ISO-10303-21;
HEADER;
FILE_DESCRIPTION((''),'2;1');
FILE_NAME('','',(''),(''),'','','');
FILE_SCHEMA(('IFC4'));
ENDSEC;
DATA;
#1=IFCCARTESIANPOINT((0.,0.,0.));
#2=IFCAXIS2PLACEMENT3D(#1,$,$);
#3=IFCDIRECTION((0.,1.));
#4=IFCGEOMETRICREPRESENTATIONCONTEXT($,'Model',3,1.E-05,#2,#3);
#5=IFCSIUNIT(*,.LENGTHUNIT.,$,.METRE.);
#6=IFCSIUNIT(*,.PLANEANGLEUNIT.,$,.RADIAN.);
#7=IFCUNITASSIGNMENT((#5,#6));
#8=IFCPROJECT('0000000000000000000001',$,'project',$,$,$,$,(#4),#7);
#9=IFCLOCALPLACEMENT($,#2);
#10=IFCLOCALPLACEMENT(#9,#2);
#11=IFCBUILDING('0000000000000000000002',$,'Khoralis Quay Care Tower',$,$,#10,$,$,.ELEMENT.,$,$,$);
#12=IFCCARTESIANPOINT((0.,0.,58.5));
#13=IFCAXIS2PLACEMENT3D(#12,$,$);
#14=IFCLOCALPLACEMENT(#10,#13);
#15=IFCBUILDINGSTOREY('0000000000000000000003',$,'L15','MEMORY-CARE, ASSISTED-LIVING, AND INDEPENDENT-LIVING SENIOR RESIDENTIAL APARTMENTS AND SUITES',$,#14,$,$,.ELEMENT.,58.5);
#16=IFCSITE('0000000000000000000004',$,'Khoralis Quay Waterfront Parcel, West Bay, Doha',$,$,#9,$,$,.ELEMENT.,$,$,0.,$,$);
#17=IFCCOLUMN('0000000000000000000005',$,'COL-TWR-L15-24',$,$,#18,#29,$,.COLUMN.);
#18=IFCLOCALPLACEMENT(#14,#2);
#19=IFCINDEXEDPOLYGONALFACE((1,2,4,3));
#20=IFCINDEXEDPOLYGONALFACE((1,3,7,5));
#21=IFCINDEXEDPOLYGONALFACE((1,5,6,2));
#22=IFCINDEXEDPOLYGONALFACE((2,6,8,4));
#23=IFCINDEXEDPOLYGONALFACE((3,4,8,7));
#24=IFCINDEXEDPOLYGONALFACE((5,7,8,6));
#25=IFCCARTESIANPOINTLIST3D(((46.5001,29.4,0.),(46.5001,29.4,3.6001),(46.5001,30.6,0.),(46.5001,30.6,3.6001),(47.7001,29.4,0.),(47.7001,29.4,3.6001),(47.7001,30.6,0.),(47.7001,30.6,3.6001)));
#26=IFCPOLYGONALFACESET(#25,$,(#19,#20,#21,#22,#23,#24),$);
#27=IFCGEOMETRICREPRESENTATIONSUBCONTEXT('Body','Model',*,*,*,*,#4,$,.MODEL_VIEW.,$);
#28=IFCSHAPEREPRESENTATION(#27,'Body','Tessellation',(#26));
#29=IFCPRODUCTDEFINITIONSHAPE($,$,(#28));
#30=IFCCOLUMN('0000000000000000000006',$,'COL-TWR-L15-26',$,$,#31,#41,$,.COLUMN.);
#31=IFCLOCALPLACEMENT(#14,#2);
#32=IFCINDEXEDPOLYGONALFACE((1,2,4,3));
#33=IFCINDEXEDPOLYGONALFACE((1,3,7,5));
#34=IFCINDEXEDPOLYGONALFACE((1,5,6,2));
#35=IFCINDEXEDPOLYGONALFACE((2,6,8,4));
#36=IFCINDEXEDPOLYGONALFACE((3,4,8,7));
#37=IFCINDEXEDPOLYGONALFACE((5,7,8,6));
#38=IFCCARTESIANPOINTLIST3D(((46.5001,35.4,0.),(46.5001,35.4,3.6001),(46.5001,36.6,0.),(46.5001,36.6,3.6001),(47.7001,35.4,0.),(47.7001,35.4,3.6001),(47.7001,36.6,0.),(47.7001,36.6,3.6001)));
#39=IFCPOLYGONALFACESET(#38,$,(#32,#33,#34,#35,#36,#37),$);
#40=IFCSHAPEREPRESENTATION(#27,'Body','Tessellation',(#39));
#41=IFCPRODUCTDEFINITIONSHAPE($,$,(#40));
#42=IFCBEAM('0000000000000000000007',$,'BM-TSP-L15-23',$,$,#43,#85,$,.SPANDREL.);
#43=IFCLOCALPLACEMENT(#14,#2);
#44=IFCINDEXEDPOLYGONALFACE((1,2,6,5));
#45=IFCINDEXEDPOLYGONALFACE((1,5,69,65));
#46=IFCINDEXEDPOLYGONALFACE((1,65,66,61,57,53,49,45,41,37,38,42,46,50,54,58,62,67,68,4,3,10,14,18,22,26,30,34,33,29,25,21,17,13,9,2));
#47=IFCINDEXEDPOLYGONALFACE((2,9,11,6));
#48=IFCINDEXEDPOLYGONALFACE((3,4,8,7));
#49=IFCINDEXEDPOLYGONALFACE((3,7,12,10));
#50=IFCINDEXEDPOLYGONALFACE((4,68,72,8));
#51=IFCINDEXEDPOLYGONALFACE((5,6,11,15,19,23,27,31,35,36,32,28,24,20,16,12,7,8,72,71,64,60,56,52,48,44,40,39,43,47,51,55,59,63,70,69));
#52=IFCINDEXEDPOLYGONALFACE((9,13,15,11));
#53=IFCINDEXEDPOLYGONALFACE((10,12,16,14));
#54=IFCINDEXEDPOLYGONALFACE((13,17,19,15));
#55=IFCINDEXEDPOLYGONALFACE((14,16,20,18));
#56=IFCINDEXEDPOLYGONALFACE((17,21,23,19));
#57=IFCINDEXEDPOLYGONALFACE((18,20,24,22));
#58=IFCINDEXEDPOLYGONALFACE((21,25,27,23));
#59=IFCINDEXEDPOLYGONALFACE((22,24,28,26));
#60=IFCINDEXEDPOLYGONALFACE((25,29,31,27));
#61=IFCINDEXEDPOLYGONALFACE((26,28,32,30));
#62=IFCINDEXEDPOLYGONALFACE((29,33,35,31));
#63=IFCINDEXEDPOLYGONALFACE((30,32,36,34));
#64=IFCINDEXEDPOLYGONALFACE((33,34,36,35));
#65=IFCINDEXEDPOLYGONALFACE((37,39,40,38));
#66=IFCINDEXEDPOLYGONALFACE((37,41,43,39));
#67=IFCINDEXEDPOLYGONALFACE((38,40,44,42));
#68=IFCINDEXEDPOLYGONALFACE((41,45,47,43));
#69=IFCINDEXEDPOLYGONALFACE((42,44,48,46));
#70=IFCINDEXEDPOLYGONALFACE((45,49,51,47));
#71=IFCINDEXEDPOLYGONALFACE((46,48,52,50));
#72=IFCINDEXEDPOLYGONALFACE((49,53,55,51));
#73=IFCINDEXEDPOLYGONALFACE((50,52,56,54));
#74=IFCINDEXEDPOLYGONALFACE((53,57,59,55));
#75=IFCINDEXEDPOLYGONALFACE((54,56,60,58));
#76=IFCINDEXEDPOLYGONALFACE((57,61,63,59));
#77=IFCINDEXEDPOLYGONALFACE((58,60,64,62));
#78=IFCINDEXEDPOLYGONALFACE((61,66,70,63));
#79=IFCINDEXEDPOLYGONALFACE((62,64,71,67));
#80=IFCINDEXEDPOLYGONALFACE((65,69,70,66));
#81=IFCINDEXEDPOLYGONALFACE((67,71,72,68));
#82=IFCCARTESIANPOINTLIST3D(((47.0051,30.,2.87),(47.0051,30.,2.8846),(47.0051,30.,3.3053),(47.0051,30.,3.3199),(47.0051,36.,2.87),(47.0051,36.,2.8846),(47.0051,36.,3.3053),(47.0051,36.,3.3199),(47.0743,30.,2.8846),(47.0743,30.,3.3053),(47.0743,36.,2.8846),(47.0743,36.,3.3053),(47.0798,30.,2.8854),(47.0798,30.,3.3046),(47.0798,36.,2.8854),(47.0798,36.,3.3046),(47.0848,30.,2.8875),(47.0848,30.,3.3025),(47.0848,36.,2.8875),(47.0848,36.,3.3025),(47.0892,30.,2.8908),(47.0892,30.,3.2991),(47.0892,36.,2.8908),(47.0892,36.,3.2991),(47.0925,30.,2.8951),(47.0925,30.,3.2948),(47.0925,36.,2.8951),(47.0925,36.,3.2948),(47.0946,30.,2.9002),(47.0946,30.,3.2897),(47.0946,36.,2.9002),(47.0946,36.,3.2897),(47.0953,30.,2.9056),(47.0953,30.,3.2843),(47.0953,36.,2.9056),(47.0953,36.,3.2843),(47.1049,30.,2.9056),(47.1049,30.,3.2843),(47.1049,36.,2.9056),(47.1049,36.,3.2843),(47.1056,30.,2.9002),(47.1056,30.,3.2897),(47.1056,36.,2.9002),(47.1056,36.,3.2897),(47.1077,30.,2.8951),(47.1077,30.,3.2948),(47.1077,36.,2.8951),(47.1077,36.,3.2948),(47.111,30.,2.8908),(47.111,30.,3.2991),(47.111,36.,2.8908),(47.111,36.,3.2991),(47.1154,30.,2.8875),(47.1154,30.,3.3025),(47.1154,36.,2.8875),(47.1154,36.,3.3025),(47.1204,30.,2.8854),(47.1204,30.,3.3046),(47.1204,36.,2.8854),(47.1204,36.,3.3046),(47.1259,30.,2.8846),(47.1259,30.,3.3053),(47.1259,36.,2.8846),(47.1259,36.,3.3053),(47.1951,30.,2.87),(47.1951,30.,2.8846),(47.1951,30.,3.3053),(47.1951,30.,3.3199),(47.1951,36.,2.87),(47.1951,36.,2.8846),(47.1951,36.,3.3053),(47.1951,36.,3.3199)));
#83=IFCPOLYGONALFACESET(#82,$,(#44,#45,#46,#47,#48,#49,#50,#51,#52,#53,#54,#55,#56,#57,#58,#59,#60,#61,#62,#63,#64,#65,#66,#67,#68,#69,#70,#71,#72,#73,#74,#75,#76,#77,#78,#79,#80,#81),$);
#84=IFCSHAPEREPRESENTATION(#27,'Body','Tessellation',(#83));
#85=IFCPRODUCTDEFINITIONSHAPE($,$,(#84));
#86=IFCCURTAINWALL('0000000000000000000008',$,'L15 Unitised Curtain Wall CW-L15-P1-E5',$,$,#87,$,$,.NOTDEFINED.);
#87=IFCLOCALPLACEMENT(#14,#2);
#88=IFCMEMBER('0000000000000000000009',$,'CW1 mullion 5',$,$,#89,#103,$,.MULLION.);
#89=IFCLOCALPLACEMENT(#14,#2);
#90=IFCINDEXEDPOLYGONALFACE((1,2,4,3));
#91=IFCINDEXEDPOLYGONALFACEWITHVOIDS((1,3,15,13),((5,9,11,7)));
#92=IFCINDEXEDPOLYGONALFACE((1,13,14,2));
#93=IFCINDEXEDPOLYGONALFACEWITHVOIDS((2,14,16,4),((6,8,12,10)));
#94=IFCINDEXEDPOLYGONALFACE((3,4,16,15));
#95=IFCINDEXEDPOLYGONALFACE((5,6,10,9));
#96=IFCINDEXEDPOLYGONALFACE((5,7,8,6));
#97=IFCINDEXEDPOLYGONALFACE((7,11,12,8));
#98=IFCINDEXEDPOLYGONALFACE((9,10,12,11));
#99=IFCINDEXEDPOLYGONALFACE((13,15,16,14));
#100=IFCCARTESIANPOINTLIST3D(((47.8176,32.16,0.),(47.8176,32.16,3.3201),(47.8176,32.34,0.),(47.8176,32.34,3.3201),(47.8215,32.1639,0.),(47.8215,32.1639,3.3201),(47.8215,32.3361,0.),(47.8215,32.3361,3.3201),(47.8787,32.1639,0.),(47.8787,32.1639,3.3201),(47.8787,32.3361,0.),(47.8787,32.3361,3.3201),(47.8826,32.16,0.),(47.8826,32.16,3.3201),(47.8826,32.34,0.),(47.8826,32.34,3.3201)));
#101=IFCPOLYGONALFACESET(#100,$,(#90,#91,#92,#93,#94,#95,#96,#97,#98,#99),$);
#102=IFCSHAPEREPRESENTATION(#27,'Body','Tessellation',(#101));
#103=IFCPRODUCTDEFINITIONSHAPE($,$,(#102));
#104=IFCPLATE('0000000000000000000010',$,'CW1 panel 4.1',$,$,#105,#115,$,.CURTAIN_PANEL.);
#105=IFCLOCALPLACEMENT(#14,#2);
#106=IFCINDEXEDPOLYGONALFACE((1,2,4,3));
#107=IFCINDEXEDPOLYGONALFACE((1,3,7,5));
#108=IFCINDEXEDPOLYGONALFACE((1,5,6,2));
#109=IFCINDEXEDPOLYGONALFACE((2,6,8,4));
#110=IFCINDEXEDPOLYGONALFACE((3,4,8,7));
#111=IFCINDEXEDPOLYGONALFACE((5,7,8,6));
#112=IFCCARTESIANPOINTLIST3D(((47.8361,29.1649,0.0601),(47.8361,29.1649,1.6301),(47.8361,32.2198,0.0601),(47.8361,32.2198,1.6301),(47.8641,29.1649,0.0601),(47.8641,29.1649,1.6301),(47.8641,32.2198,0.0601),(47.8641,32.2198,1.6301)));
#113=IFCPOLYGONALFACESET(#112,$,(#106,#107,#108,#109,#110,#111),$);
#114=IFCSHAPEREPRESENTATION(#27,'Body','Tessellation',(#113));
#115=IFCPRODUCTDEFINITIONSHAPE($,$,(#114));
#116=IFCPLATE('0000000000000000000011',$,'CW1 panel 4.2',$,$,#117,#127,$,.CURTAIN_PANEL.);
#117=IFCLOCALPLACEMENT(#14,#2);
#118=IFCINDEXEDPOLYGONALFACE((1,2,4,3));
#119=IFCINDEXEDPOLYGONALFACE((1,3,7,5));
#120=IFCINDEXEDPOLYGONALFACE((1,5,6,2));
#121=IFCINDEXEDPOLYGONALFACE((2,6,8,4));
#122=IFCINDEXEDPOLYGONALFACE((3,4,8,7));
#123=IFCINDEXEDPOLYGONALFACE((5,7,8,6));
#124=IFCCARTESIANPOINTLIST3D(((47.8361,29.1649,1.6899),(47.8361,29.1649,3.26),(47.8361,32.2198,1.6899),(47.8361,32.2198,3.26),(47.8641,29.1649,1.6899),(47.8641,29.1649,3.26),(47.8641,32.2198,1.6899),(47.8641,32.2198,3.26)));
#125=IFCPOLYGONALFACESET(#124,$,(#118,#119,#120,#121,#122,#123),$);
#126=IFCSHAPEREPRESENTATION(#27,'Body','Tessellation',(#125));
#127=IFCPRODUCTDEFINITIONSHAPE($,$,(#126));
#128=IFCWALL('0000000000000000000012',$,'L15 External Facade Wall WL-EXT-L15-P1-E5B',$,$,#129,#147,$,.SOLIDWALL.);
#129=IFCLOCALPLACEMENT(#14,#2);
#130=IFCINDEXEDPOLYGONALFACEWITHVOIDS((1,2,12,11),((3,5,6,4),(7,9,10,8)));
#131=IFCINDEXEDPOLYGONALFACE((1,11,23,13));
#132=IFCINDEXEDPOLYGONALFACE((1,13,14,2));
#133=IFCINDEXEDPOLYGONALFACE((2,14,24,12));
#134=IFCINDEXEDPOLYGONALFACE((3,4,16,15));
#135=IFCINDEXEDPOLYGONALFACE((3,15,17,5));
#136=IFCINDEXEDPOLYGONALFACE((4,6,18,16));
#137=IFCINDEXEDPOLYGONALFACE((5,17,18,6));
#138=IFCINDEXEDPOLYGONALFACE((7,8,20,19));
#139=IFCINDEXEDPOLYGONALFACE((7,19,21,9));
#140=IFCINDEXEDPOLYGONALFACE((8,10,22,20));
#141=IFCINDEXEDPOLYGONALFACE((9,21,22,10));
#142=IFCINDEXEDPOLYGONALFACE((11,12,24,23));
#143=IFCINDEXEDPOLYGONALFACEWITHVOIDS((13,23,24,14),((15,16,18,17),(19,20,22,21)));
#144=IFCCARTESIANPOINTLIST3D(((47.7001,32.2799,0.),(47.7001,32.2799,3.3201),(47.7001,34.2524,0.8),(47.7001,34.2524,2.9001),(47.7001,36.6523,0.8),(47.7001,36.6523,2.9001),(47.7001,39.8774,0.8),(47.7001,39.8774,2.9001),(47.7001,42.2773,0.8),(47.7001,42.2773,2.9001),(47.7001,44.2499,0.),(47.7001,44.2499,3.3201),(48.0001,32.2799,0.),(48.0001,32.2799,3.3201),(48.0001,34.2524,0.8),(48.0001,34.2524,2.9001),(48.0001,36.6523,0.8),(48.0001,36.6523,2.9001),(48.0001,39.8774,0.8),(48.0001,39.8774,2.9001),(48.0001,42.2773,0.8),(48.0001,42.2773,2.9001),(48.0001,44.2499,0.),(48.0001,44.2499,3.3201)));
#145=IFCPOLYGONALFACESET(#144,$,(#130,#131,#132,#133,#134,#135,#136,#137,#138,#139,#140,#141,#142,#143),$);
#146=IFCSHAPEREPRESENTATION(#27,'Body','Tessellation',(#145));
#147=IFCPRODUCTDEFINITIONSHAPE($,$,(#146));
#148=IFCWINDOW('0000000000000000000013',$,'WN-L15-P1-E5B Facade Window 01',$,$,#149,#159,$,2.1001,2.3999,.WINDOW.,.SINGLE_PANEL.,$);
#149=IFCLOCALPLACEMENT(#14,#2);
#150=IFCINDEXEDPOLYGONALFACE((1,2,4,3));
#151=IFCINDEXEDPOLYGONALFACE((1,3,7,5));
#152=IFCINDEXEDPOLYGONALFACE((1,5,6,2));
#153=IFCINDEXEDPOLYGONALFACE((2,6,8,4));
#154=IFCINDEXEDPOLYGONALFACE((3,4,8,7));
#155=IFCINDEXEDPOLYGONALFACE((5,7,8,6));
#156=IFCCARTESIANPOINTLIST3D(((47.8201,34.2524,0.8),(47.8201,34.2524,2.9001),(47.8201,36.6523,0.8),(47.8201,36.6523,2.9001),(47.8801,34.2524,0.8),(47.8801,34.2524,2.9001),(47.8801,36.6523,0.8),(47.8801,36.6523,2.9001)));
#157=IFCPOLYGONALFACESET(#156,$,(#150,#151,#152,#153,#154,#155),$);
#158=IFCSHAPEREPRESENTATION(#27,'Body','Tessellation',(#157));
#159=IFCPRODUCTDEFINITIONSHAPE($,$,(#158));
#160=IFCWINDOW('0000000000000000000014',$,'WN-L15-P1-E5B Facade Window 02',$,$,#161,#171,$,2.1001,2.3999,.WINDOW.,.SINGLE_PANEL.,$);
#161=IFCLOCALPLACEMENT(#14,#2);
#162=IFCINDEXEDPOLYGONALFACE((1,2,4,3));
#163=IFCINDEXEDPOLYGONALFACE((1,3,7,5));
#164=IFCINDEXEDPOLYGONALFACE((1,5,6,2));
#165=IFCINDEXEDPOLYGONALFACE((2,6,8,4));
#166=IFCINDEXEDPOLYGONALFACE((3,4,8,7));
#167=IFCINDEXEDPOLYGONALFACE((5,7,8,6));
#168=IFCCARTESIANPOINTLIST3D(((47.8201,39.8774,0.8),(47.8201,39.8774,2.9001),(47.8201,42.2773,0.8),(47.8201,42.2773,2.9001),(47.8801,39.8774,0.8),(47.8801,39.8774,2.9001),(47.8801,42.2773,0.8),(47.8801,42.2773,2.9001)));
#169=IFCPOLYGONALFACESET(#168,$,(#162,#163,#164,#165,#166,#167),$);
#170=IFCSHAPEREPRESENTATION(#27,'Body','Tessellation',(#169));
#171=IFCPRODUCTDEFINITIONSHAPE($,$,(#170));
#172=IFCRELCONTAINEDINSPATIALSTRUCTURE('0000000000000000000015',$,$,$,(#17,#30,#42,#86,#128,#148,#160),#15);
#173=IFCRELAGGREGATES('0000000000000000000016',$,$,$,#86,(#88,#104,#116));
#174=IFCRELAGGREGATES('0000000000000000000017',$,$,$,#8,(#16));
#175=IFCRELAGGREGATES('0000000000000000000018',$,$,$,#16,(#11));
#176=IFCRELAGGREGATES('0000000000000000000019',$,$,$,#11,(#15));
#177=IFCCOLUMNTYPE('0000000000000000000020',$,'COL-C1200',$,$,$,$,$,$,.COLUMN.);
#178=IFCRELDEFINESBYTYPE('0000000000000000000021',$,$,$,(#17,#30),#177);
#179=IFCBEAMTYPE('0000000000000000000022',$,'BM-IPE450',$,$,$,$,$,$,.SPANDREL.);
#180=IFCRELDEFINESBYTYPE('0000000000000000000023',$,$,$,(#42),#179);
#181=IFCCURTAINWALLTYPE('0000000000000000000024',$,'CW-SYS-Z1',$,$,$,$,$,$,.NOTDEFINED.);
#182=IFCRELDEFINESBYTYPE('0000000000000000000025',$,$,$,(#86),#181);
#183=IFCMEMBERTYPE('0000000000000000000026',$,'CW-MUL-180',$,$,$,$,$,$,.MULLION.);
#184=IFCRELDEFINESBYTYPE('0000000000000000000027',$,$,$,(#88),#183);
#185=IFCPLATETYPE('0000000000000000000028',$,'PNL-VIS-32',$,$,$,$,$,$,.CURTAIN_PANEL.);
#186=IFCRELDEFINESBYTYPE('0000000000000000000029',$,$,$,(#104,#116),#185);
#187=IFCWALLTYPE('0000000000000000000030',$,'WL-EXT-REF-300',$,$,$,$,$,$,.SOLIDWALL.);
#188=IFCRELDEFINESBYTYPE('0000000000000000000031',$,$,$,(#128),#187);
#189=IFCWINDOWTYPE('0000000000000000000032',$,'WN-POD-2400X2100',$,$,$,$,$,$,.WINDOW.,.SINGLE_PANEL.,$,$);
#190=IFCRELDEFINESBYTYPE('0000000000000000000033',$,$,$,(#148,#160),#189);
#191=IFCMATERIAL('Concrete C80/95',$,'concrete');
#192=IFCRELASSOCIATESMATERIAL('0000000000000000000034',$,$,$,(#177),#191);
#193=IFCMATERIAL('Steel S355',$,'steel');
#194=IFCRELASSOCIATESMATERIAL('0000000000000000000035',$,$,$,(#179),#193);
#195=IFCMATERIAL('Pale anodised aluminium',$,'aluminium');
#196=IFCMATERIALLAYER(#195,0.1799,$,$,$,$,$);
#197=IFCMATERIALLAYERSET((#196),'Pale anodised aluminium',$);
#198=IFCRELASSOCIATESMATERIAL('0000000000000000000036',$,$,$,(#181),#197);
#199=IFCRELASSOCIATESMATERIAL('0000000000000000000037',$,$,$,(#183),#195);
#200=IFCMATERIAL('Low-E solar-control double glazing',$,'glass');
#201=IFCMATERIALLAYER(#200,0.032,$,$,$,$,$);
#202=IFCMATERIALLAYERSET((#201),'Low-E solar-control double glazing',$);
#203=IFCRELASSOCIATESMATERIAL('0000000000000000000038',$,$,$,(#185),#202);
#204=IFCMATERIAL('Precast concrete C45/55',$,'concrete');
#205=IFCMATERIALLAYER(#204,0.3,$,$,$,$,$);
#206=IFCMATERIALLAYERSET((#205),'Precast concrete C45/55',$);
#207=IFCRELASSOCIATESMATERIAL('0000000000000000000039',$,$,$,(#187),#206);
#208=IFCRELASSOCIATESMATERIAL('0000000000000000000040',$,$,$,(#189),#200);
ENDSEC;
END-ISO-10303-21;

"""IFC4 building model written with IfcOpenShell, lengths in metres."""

from ifc_helpers import new_model, si_unit, direction, frame, frame_2d, origin, origin_2d, place, context, subcontext, project, spatial, rectangle, hollow_rectangle, i_section, extrude, source, transform, mapped, material, layer, layer_set, material_profile, profile_set, type_object, element, fill, aggregate, save


model = new_model("IFC4")

# Units and contexts
model_context = context("Model", 3, precision=1e-05, world=origin(), true_north=direction((0.0, 1.0)))
body_context = subcontext(model_context, "Body", "Model", "MODEL_VIEW")
ifc_project = project(units=[si_unit("LENGTHUNIT", "METRE"), si_unit("PLANEANGLEUNIT", "RADIAN")], contexts=[model_context])

# Site, building, storey
site_placement = place(None, origin())
site = spatial("IfcSite", under=ifc_project, at=site_placement, Name="Khoralis Quay Waterfront Parcel, West Bay, Doha", CompositionType="ELEMENT", RefElevation=0.0)
building_placement = place(site_placement, origin())
building = spatial("IfcBuilding", under=site, at=building_placement, Name="Khoralis Quay Care Tower", CompositionType="ELEMENT")
storey_placement = place(building_placement, frame((0.0, 0.0, 58.5)))
storey = spatial("IfcBuildingStorey", under=building, at=storey_placement, Name="L15", Description="MEMORY-CARE, ASSISTED-LIVING, AND INDEPENDENT-LIVING SENIOR RESIDENTIAL APARTMENTS AND SUITES", CompositionType="ELEMENT", Elevation=58.5)

# Columns
ifc_material_1 = material(Name="Concrete C80/95", Category="concrete")
ifc_material_profile_1 = material_profile(ifc_material_1, rectangle(XDim=1.2, YDim=1.2, at=origin_2d()), Name="Concrete C80/95")
ifc_profile_set_1 = profile_set([ifc_material_profile_1], Name="Concrete C80/95")
column_type = type_object("IfcColumnType", Name="COL-C1200", PredefinedType="COLUMN", material=ifc_profile_set_1)
shared_shape_1 = source(origin(), body_context, "Body", "SweptSolid", [
    extrude(rectangle(XDim=1.2, YDim=1.2, at=origin_2d()), origin(), (0.0, 0.0, 1.0), 3.6001),
])
for number, where, z_axis, x_axis, name in (
    (1, (47.1001, 30.0, 0.0), (0.0, 0.0, 1.0), (1.0, 0.0, 0.0), "COL-TWR-L15-24"),
    (2, (47.1001, 36.0, 0.0), (0.0, 0.0, 1.0), (1.0, 0.0, 0.0), "COL-TWR-L15-26"),
):
    element("IfcColumn", number, at=place(storey_placement, frame(where, z_axis=z_axis, x_axis=x_axis)), inside=storey, type_object=column_type, Name=name, PredefinedType="COLUMN", context=body_context, shape_type="MappedRepresentation", body=[
        mapped(shared_shape_1, transform((0.0, 0.0, 0.0), scale=1.0)),
    ])

# Beam
ifc_material_2 = material(Name="Steel S355", Category="steel")
ifc_material_profile_2 = material_profile(ifc_material_2, i_section(OverallWidth=0.1899, OverallDepth=0.45, WebThickness=0.0095, FlangeThickness=0.0146, FilletRadius=0.021, at=origin_2d()), Name="Steel S355")
ifc_profile_set_2 = profile_set([ifc_material_profile_2], Name="Steel S355")
beam_type = type_object("IfcBeamType", Name="BM-IPE450", PredefinedType="SPANDREL", material=ifc_profile_set_2)
shared_shape_2 = source(origin(), body_context, "Body", "SweptSolid", [
    extrude(i_section(OverallWidth=0.1899, OverallDepth=0.45, WebThickness=0.0095, FlangeThickness=0.0146, FilletRadius=0.021, at=origin_2d()), origin(), (0.0, 0.0, 1.0), 6.0),
])
beam_placement = place(storey_placement, frame((47.1001, 30.0, 3.095), z_axis=(0.0, 1.0, 0.0), x_axis=(-1.0, 0.0, 0.0)))
element("IfcBeam", 3, at=beam_placement, inside=storey, type_object=beam_type, Name="BM-TSP-L15-23", PredefinedType="SPANDREL", context=body_context, shape_type="MappedRepresentation", body=[
    mapped(shared_shape_2, transform((0.0, 0.0, 0.0), scale=1.0)),
])

# Curtain wall, member, plates
ifc_material_3 = material(Name="Pale anodised aluminium", Category="aluminium")
ifc_layer_1 = layer(ifc_material_3, 0.1799)
ifc_layer_set_1 = layer_set([ifc_layer_1], Name="Pale anodised aluminium")
curtain_wall_type = type_object("IfcCurtainWallType", Name="CW-SYS-Z1", PredefinedType="NOTDEFINED", material=ifc_layer_set_1)
curtain_wall_placement = place(storey_placement, origin())
curtain_wall = element("IfcCurtainWall", 4, at=curtain_wall_placement, inside=storey, type_object=curtain_wall_type, Name="L15 Unitised Curtain Wall CW-L15-P1-E5", PredefinedType="NOTDEFINED")
ifc_material_profile_3 = material_profile(ifc_material_3, hollow_rectangle(XDim=0.0649, YDim=0.1799, WallThickness=0.0039, at=origin_2d()), Name="Pale anodised aluminium")
ifc_profile_set_3 = profile_set([ifc_material_profile_3], Name="Pale anodised aluminium")
member_type = type_object("IfcMemberType", Name="CW-MUL-180", PredefinedType="MULLION", material=ifc_profile_set_3)
shared_shape_3 = source(origin(), body_context, "Body", "SweptSolid", [
    extrude(hollow_rectangle(XDim=0.0649, YDim=0.1799, WallThickness=0.0039, at=origin_2d()), origin(), (0.0, 0.0, 1.0), 3.3201),
])
member_placement = place(storey_placement, frame((47.8501, 32.25, 0.0), z_axis=(0.0, 0.0, 1.0), x_axis=(-1.0, 0.0, 0.0)))
member = element("IfcMember", 5, at=member_placement, type_object=member_type, Name="CW1 mullion 5", PredefinedType="MULLION", context=body_context, shape_type="MappedRepresentation", body=[
    mapped(shared_shape_3, transform((0.0, 0.0, 0.0), scale=1.0)),
])
ifc_material_4 = material(Name="Low-E solar-control double glazing", Category="glass")
ifc_layer_2 = layer(ifc_material_4, 0.032)
ifc_layer_set_2 = layer_set([ifc_layer_2], Name="Low-E solar-control double glazing")
plate_type = type_object("IfcPlateType", Name="PNL-VIS-32", PredefinedType="CURTAIN_PANEL", material=ifc_layer_set_2)
shared_shape_4 = source(origin(), body_context, "Body", "SweptSolid", [
    extrude(rectangle(XDim=3.0549, YDim=0.0281, at=origin_2d()), origin(), (0.0, 0.0, 1.0), 1.5701),
])
plate_1_placement = place(storey_placement, frame((47.8501, 30.6924, 0.0601), z_axis=(0.0, 0.0, 1.0), x_axis=(0.0, 1.0, 0.0)))
plate_1 = element("IfcPlate", 6, at=plate_1_placement, type_object=plate_type, Name="CW1 panel 4.1", PredefinedType="CURTAIN_PANEL", context=body_context, shape_type="MappedRepresentation", body=[
    mapped(shared_shape_4, transform((0.0, 0.0, 0.0), scale=1.0)),
])
plate_2_placement = place(storey_placement, frame((47.8501, 30.6924, 1.6899), z_axis=(0.0, 0.0, 1.0), x_axis=(0.0, 1.0, 0.0)))
plate_2 = element("IfcPlate", 7, at=plate_2_placement, type_object=plate_type, Name="CW1 panel 4.2", PredefinedType="CURTAIN_PANEL", context=body_context, shape_type="MappedRepresentation", body=[
    mapped(shared_shape_4, transform((0.0, 0.0, 0.0), scale=1.0)),
])
aggregate(curtain_wall, [member, plate_1, plate_2])

# Wall, openings, windows
ifc_material_5 = material(Name="Precast concrete C45/55", Category="concrete")
ifc_layer_3 = layer(ifc_material_5, 0.3)
ifc_layer_set_3 = layer_set([ifc_layer_3], Name="Precast concrete C45/55")
wall_type_1 = type_object("IfcWallType", Name="WL-EXT-REF-300", PredefinedType="SOLIDWALL", material=ifc_layer_set_3)
wall_1_placement = place(storey_placement, frame((47.8501, 32.28, 0.0), z_axis=(0.0, 0.0, 1.0), x_axis=(0.0, 1.0, 0.0)))
wall_1 = element("IfcWall", 8, at=wall_1_placement, inside=storey, type_object=wall_type_1, Name="L15 External Facade Wall WL-EXT-L15-P1-E5B", PredefinedType="SOLIDWALL", context=body_context, shape_type="SweptSolid", body=[
    extrude(rectangle(XDim=11.97, YDim=0.3, at=frame_2d((5.9849, 0.0))), origin(), (0.0, 0.0, 1.0), 3.3201),
])
opening_1_placement = place(wall_1_placement, frame((1.9724, 0.0, 0.8)))
opening_1 = element("IfcOpeningElement", 9, at=opening_1_placement, cuts=wall_1, PredefinedType="OPENING", context=body_context, shape_type="SweptSolid", body=[
    extrude(rectangle(XDim=2.3999, YDim=2.1001, at=frame_2d((1.2, 1.05))), frame((0.0, 0.1602, 0.0), z_axis=(0.0, -1.0, 0.0), x_axis=(1.0, 0.0, 0.0)), (0.0, 0.0, 1.0), 0.3201),
])
opening_2_placement = place(wall_1_placement, frame((7.5974, 0.0, 0.8)))
opening_2 = element("IfcOpeningElement", 10, at=opening_2_placement, cuts=wall_1, PredefinedType="OPENING", context=body_context, shape_type="SweptSolid", body=[
    extrude(rectangle(XDim=2.3999, YDim=2.1001, at=frame_2d((1.2, 1.05))), frame((0.0, 0.1602, 0.0), z_axis=(0.0, -1.0, 0.0), x_axis=(1.0, 0.0, 0.0)), (0.0, 0.0, 1.0), 0.3201),
])
window_type = type_object("IfcWindowType", Name="WN-POD-2400X2100", PartitioningType="SINGLE_PANEL", PredefinedType="WINDOW", material=ifc_material_4)
shared_shape_5 = source(origin(), body_context, "Body", "SweptSolid", [
    extrude(rectangle(XDim=2.3999, YDim=2.1001, at=frame_2d((1.2, 1.05))), frame((0.0, 0.03, 0.0), z_axis=(0.0, -1.0, 0.0), x_axis=(1.0, 0.0, 0.0)), (0.0, 0.0, 1.0), 0.0601),
])
window_1_placement = place(opening_1_placement, origin())
window_1 = element("IfcWindow", 11, at=window_1_placement, inside=storey, type_object=window_type, Name="WN-L15-P1-E5B Facade Window 01", OverallHeight=2.1001, OverallWidth=2.3999, PartitioningType="SINGLE_PANEL", PredefinedType="WINDOW", context=body_context, shape_type="MappedRepresentation", body=[
    mapped(shared_shape_5, transform((0.0, 0.0, 0.0), scale=1.0)),
])
fill(opening_1, window_1)
window_2_placement = place(opening_2_placement, origin())
window_2 = element("IfcWindow", 12, at=window_2_placement, inside=storey, type_object=window_type, Name="WN-L15-P1-E5B Facade Window 02", OverallHeight=2.1001, OverallWidth=2.3999, PartitioningType="SINGLE_PANEL", PredefinedType="WINDOW", context=body_context, shape_type="MappedRepresentation", body=[
    mapped(shared_shape_5, transform((0.0, 0.0, 0.0), scale=1.0)),
])
fill(opening_2, window_2)

save(model, "model.ifc")
